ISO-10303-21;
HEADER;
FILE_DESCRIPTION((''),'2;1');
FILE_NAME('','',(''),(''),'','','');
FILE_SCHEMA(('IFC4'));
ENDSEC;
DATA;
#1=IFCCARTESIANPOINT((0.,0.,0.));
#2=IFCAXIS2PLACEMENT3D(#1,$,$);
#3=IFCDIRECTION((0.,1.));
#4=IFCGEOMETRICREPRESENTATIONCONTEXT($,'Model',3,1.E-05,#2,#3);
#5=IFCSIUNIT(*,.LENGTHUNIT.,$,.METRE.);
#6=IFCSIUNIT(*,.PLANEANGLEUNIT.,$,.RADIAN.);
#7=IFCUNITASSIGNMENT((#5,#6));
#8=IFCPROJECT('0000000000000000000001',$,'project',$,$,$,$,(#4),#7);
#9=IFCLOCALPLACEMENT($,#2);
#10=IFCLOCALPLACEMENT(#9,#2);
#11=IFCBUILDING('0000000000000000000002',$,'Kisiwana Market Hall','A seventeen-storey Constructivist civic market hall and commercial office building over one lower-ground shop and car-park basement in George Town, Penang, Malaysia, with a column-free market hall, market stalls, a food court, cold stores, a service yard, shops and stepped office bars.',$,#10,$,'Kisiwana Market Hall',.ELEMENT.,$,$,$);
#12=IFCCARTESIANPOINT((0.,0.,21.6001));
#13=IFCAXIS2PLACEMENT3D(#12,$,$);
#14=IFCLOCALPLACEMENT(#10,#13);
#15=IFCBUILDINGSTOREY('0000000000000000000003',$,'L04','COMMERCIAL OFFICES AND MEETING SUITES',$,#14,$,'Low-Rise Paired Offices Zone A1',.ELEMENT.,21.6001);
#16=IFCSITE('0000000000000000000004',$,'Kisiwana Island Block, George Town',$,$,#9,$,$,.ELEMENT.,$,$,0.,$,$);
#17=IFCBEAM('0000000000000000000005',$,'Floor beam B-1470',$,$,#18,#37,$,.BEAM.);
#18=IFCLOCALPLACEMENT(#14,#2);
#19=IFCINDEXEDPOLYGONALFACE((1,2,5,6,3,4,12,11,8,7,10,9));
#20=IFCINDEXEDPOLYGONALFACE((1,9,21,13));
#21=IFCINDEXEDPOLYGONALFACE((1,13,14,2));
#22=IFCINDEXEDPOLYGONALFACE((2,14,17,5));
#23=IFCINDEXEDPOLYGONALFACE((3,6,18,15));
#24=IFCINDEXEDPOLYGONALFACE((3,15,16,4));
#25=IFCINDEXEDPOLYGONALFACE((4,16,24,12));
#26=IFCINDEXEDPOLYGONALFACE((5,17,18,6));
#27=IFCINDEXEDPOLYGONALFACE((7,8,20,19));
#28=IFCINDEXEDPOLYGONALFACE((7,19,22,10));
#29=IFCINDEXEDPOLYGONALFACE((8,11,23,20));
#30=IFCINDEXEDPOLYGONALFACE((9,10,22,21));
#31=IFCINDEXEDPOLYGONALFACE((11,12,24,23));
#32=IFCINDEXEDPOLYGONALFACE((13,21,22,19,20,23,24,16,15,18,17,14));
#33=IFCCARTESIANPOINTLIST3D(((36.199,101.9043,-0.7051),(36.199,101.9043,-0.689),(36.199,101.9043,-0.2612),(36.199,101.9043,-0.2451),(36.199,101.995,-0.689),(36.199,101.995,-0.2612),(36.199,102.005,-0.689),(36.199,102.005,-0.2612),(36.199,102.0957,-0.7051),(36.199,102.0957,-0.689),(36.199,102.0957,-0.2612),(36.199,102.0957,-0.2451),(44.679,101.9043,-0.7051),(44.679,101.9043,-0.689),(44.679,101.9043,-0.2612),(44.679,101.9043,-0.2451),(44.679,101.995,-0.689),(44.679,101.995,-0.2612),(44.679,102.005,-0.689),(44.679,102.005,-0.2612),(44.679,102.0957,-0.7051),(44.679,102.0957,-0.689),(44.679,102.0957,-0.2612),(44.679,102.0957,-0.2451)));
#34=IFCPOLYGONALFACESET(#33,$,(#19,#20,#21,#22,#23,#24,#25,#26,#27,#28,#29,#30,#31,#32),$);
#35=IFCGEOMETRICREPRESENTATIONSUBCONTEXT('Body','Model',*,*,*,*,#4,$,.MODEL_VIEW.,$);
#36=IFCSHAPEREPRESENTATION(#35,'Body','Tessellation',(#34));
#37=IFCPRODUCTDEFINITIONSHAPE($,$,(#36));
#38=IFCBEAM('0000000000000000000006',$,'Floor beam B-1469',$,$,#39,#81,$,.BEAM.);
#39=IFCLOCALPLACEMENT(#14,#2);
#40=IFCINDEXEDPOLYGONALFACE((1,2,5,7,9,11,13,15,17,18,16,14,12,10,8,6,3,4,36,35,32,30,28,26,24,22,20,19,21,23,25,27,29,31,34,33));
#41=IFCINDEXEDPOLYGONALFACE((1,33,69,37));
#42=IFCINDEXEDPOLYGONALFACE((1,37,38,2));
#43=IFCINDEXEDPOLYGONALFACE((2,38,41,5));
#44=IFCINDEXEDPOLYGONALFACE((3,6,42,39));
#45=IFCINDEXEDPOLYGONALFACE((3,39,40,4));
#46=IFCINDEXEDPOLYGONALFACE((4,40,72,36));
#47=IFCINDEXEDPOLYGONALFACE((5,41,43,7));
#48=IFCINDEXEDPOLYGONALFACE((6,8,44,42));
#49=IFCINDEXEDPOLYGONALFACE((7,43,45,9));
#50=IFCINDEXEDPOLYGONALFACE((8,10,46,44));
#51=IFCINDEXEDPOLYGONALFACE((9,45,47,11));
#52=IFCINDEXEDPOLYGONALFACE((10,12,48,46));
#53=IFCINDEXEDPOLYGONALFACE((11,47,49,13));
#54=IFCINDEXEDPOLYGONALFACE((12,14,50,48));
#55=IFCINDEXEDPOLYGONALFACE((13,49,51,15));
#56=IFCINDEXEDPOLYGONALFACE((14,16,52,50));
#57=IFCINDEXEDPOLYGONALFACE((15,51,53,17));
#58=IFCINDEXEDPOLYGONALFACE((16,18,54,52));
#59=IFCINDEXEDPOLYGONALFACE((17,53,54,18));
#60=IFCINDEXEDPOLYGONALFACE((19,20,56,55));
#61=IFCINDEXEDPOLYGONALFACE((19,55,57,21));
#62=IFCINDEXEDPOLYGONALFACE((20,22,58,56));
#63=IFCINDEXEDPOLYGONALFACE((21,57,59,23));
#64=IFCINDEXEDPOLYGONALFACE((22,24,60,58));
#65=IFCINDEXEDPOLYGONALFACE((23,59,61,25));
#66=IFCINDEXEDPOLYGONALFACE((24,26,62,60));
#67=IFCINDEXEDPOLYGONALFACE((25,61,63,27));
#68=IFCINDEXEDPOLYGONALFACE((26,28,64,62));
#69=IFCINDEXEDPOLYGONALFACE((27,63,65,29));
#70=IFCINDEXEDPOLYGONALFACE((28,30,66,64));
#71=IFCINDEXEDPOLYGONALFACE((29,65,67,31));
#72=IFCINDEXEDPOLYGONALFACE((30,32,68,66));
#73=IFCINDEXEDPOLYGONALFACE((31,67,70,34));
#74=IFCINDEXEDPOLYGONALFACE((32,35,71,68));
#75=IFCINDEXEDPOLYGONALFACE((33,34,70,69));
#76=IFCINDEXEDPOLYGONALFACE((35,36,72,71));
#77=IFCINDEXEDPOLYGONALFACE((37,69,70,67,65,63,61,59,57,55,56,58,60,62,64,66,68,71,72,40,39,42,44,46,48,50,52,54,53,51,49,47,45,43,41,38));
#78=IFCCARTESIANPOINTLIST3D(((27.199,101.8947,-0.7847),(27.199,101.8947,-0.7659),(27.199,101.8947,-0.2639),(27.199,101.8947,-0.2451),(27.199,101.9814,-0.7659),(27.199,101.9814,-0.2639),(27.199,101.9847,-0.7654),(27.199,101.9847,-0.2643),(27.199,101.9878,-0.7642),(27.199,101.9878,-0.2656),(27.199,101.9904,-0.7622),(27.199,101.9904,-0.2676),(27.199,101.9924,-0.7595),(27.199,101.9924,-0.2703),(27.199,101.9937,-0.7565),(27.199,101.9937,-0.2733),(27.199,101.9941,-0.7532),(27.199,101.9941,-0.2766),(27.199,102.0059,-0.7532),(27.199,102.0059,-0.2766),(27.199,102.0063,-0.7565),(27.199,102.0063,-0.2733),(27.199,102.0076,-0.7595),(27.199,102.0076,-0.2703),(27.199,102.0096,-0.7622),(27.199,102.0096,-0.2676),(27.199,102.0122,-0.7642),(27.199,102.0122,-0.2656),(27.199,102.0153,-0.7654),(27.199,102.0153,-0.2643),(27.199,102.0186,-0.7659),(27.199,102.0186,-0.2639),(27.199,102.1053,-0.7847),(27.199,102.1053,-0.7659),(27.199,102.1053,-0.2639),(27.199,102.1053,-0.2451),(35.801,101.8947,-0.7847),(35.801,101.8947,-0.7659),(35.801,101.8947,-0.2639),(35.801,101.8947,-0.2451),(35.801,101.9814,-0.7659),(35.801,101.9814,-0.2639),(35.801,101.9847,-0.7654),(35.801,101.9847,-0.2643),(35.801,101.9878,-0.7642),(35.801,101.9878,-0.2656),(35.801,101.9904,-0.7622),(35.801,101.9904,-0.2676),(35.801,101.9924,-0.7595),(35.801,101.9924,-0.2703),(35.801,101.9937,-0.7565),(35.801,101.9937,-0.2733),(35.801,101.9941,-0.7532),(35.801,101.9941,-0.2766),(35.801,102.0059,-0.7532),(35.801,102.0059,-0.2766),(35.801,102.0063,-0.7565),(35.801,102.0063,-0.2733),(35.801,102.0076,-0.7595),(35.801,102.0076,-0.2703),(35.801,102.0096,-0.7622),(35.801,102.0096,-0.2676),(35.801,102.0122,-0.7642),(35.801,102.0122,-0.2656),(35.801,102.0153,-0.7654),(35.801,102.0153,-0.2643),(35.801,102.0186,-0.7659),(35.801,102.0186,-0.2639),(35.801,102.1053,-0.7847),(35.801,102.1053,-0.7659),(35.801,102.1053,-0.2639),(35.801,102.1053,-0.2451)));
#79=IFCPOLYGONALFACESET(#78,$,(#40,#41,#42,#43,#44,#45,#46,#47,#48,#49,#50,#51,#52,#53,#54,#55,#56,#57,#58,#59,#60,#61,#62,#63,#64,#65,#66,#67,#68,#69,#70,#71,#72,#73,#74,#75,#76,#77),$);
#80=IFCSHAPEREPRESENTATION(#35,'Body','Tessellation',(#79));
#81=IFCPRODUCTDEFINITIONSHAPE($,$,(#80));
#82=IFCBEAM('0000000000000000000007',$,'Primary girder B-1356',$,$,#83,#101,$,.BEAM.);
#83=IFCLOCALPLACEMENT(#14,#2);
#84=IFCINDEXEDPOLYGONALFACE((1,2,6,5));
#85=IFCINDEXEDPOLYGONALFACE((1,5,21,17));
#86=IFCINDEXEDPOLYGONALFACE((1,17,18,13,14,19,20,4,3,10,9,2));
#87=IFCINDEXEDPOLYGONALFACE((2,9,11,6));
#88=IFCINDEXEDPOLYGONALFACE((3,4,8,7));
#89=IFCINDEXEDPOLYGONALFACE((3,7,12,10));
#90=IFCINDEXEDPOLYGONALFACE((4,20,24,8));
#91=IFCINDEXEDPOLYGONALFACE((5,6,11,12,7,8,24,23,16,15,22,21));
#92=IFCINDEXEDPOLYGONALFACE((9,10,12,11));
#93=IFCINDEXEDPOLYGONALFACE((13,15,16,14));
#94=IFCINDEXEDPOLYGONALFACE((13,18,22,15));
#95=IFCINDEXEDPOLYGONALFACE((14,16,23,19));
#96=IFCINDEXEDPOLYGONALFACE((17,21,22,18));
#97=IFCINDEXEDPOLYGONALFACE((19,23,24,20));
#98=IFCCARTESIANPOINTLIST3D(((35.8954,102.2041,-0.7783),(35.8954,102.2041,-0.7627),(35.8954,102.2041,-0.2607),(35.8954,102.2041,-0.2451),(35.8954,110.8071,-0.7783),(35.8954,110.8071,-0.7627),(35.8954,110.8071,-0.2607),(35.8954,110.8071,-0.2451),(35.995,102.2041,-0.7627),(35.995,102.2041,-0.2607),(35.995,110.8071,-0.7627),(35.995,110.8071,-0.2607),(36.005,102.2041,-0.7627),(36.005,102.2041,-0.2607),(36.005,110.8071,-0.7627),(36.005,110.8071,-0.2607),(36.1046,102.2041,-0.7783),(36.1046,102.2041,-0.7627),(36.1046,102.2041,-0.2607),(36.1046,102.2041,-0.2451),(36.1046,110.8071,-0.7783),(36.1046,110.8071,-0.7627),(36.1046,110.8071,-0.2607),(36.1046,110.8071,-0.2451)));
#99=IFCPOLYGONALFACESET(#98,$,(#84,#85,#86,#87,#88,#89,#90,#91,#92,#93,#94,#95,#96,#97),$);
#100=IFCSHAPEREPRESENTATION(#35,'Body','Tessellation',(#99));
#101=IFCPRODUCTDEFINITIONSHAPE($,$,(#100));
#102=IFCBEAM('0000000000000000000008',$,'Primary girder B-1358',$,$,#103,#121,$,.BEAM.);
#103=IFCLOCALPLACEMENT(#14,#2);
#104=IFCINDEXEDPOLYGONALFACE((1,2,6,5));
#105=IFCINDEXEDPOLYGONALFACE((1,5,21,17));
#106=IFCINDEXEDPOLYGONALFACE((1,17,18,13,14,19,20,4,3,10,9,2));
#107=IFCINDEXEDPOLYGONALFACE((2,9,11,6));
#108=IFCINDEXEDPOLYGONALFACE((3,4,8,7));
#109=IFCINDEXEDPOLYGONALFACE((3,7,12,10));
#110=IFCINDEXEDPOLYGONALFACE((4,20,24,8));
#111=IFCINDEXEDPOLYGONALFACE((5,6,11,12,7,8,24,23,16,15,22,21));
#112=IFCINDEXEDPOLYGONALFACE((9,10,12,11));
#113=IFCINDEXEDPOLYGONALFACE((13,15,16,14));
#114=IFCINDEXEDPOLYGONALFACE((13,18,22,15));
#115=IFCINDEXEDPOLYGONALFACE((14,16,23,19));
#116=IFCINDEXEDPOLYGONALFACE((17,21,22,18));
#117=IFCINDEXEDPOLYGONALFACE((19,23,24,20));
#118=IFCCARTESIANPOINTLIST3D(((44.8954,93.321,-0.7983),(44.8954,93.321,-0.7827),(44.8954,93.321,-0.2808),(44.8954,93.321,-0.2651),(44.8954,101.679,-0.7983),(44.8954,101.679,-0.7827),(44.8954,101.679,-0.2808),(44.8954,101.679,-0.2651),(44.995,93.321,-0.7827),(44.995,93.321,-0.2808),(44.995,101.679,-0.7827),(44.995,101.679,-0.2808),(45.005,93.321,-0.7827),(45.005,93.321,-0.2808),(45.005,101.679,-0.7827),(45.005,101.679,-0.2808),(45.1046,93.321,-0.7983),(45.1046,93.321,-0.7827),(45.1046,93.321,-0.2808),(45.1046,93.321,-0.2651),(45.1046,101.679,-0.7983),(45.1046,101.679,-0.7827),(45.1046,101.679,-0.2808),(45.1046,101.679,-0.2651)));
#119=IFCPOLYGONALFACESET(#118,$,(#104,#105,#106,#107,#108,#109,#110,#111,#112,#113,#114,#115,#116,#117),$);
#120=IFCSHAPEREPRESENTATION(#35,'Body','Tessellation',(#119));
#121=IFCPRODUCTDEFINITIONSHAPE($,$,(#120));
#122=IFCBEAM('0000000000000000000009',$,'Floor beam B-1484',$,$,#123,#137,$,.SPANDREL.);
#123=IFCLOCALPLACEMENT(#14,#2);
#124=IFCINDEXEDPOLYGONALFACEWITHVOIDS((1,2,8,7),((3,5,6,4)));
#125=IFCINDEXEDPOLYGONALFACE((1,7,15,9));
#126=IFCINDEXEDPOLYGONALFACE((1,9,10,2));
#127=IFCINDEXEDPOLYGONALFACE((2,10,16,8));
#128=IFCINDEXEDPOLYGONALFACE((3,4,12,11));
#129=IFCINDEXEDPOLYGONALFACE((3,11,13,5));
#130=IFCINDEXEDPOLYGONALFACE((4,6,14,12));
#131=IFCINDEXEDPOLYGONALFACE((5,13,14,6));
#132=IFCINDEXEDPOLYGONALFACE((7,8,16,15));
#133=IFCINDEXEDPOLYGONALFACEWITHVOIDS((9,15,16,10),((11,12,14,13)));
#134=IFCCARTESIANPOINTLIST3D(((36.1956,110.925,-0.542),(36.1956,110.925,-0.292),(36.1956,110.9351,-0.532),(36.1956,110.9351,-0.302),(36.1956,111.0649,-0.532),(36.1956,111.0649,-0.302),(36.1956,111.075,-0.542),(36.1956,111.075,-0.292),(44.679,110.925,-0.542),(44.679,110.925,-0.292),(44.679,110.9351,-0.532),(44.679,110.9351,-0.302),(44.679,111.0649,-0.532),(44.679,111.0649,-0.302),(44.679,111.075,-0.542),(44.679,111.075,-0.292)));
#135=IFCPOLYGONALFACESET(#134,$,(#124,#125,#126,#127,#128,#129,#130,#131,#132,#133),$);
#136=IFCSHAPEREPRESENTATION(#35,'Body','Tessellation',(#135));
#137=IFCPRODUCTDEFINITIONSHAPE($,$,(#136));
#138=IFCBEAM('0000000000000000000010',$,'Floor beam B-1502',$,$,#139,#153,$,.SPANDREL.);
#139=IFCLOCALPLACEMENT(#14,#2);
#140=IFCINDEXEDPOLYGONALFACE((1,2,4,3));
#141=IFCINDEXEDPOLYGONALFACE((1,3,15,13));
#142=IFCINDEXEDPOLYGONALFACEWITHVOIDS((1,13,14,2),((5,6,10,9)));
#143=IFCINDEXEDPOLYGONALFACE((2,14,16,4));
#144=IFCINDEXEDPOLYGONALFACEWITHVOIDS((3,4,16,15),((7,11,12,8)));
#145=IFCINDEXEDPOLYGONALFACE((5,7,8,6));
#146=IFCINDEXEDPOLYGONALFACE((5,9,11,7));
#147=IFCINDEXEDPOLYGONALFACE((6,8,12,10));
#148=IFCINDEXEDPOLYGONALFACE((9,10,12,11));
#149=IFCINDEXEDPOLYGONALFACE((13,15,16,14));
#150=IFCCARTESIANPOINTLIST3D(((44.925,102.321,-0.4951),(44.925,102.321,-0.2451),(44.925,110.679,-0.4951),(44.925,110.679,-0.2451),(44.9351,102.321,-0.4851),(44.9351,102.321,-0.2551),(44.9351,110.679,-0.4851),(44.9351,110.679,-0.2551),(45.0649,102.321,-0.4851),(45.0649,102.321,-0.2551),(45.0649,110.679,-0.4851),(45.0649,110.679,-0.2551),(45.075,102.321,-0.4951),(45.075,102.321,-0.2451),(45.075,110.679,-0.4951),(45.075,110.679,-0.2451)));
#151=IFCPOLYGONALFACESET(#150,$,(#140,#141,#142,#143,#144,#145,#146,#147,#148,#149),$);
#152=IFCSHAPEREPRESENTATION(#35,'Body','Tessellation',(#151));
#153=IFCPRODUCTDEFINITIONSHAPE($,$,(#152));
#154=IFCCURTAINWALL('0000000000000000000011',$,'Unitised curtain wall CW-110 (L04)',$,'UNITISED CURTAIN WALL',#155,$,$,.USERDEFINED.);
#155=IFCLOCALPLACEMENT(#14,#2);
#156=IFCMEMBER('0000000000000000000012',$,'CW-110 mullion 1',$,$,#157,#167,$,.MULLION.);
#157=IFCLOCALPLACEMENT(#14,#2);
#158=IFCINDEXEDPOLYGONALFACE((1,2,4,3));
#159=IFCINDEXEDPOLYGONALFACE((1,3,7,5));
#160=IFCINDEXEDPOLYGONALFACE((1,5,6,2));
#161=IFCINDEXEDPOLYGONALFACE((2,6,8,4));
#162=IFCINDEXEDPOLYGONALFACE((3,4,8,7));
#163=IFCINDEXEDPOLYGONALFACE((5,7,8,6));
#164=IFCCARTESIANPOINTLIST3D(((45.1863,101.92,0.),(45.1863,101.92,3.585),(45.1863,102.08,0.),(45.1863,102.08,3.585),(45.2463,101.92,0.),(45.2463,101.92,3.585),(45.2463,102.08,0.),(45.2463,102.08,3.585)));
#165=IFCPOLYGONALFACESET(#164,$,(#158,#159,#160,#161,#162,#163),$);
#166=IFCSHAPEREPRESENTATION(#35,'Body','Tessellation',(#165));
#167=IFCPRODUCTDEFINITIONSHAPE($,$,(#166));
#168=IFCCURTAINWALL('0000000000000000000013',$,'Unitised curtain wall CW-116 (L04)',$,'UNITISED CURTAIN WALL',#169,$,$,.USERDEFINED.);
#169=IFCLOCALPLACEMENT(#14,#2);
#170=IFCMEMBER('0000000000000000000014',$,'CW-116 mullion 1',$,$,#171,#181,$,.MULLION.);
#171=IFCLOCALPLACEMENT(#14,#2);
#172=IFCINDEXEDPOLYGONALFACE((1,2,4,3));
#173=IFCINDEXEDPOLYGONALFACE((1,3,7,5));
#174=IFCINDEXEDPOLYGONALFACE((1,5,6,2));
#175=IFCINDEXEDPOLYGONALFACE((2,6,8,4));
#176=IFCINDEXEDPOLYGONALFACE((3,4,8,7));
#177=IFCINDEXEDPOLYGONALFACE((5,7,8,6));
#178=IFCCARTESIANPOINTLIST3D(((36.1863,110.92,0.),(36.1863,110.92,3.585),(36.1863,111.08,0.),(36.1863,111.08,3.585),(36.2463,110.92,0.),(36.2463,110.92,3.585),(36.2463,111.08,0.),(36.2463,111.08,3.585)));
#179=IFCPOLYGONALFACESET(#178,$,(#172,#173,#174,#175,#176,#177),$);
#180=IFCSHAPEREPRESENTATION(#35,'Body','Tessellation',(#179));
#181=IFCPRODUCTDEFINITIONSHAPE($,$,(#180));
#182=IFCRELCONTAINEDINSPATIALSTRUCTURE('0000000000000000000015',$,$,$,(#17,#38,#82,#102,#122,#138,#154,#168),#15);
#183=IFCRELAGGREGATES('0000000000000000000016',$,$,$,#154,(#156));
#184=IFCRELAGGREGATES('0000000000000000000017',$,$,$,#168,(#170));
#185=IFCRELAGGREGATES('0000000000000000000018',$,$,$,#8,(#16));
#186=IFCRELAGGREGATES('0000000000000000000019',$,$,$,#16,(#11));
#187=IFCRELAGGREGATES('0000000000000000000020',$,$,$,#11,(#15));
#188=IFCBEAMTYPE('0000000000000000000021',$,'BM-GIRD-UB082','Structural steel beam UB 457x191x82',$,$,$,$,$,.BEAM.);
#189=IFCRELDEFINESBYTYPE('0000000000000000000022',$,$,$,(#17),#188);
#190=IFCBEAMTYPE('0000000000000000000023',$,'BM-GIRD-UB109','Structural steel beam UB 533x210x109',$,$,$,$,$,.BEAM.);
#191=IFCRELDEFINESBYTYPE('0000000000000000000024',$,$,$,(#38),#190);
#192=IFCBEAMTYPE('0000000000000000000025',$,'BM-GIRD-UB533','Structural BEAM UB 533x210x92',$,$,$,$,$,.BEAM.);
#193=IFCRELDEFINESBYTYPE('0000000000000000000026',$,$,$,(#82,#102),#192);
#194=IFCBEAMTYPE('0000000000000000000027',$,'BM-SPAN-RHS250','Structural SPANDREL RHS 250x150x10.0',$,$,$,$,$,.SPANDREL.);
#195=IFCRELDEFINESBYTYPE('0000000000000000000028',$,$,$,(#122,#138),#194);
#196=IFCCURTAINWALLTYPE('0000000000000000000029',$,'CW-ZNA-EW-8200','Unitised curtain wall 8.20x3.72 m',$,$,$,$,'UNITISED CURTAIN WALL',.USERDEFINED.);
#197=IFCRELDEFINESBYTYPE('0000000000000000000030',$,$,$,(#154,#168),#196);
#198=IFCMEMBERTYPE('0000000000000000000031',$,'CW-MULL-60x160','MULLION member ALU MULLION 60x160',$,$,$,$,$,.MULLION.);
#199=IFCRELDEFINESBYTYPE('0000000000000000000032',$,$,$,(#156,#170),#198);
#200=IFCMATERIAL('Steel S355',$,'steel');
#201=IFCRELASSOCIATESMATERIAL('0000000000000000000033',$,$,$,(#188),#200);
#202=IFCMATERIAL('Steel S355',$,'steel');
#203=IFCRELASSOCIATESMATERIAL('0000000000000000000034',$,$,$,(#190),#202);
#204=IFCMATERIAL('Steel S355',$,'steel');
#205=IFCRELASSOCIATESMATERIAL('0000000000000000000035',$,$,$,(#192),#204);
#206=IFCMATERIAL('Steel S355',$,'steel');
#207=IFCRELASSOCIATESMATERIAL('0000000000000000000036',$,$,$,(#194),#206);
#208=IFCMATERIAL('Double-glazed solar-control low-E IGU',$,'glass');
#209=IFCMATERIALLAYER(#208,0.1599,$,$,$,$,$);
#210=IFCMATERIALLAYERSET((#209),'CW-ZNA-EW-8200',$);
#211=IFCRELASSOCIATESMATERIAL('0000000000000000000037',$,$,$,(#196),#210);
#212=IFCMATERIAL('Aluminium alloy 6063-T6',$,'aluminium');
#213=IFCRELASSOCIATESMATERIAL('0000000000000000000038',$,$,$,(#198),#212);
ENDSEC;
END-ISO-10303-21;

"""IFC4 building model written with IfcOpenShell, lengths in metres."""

from ifc_helpers import new_model, si_unit, direction, frame, origin, origin_2d, place, context, subcontext, project, spatial, rectangle, hollow_rectangle, i_section, extrude, material, layer, layer_set, material_profile, profile_set, type_object, element, aggregate, save


model = new_model("IFC4")

# Units and contexts
model_context = context("Model", 3, precision=1e-05, world=origin(), true_north=direction((0.0, 1.0)))
body_context = subcontext(model_context, "Body", "Model", "MODEL_VIEW")
ifc_project = project(units=[si_unit("LENGTHUNIT", "METRE"), si_unit("PLANEANGLEUNIT", "RADIAN")], contexts=[model_context])

# Site, building, storey
site_placement = place(None, origin())
site = spatial("IfcSite", under=ifc_project, at=site_placement, Name="Kisiwana Island Block, George Town", CompositionType="ELEMENT", RefElevation=0.0)
building_placement = place(site_placement, origin())
building = spatial("IfcBuilding", under=site, at=building_placement, Name="Kisiwana Market Hall", Description="A seventeen-storey Constructivist civic market hall and commercial office building over one lower-ground shop and car-park basement in George Town, Penang, Malaysia, with a column-free market hall, market stalls, a food court, cold stores, a service yard, shops and stepped office bars.", LongName="Kisiwana Market Hall", CompositionType="ELEMENT")
storey_placement = place(building_placement, frame((0.0, 0.0, 21.6001)))
storey = spatial("IfcBuildingStorey", under=building, at=storey_placement, Name="L04", Description="COMMERCIAL OFFICES AND MEETING SUITES", LongName="Low-Rise Paired Offices Zone A1", CompositionType="ELEMENT", Elevation=21.6001)

# Beams
ifc_material_1 = material(Name="Steel S355", Category="steel")
ifc_material_profile_1 = material_profile(ifc_material_1, i_section(OverallWidth=0.1914, OverallDepth=0.46, WebThickness=0.01, FlangeThickness=0.0161, at=origin_2d()), Name="UB 457x191x82")
ifc_profile_set_1 = profile_set([ifc_material_profile_1], Name="Steel S355")
beam_type_1 = type_object("IfcBeamType", Name="BM-GIRD-UB082", Description="Structural steel beam UB 457x191x82", PredefinedType="BEAM", material=ifc_profile_set_1)
beam_1_placement = place(storey_placement, frame((36.199, 102.0, -0.4751), z_axis=(1.0, 0.0, 0.0), x_axis=(0.0, 1.0, 0.0)))
element("IfcBeam", 1, at=beam_1_placement, inside=storey, type_object=beam_type_1, Name="Floor beam B-1470", PredefinedType="BEAM", context=body_context, shape_type="SweptSolid", body=[
    extrude(i_section(OverallWidth=0.1914, OverallDepth=0.46, WebThickness=0.01, FlangeThickness=0.0161, at=origin_2d()), origin(), (0.0, 0.0, 1.0), 8.48),
])
ifc_material_2 = material(Name="Steel S355", Category="steel")
ifc_material_profile_2 = material_profile(ifc_material_2, i_section(OverallWidth=0.2107, OverallDepth=0.5396, WebThickness=0.0117, FlangeThickness=0.0188, FilletRadius=0.0127, at=origin_2d()), Name="UB 533x210x109")
ifc_profile_set_2 = profile_set([ifc_material_profile_2], Name="Steel S355")
beam_type_2 = type_object("IfcBeamType", Name="BM-GIRD-UB109", Description="Structural steel beam UB 533x210x109", PredefinedType="BEAM", material=ifc_profile_set_2)
beam_2_placement = place(storey_placement, frame((27.199, 102.0, -0.5149), z_axis=(1.0, 0.0, 0.0), x_axis=(0.0, 1.0, 0.0)))
element("IfcBeam", 2, at=beam_2_placement, inside=storey, type_object=beam_type_2, Name="Floor beam B-1469", PredefinedType="BEAM", context=body_context, shape_type="SweptSolid", body=[
    extrude(i_section(OverallWidth=0.2107, OverallDepth=0.5396, WebThickness=0.0117, FlangeThickness=0.0188, FilletRadius=0.0127, at=origin_2d()), origin(), (0.0, 0.0, 1.0), 8.6021),
])
ifc_material_3 = material(Name="Steel S355", Category="steel")
ifc_material_profile_3 = material_profile(ifc_material_3, i_section(OverallWidth=0.2092, OverallDepth=0.5332, WebThickness=0.01, FlangeThickness=0.0156, at=origin_2d()), Name="UB 533x210x92")
ifc_profile_set_3 = profile_set([ifc_material_profile_3], Name="Steel S355")
beam_type_3 = type_object("IfcBeamType", Name="BM-GIRD-UB533", Description="Structural BEAM UB 533x210x92", PredefinedType="BEAM", material=ifc_profile_set_3)
beam_3_placement = place(storey_placement, frame((36.0, 102.2041, -0.5117), z_axis=(0.0, 1.0, 0.0), x_axis=(-1.0, 0.0, 0.0)))
element("IfcBeam", 3, at=beam_3_placement, inside=storey, type_object=beam_type_3, Name="Primary girder B-1356", PredefinedType="BEAM", context=body_context, shape_type="SweptSolid", body=[
    extrude(i_section(OverallWidth=0.2092, OverallDepth=0.5332, WebThickness=0.01, FlangeThickness=0.0156, at=origin_2d()), origin(), (0.0, 0.0, 1.0), 8.603),
])
beam_4_placement = place(storey_placement, frame((45.0, 93.321, -0.5317), z_axis=(0.0, 1.0, 0.0), x_axis=(-1.0, 0.0, 0.0)))
element("IfcBeam", 4, at=beam_4_placement, inside=storey, type_object=beam_type_3, Name="Primary girder B-1358", PredefinedType="BEAM", context=body_context, shape_type="SweptSolid", body=[
    extrude(i_section(OverallWidth=0.2092, OverallDepth=0.5332, WebThickness=0.01, FlangeThickness=0.0156, at=origin_2d()), origin(), (0.0, 0.0, 1.0), 8.3579),
])
ifc_material_4 = material(Name="Steel S355", Category="steel")
ifc_material_profile_4 = material_profile(ifc_material_4, hollow_rectangle(XDim=0.1499, YDim=0.25, WallThickness=0.01, at=origin_2d()), Name="RHS 250x150x10.0")
ifc_profile_set_4 = profile_set([ifc_material_profile_4], Name="Steel S355")
beam_type_4 = type_object("IfcBeamType", Name="BM-SPAN-RHS250", Description="Structural SPANDREL RHS 250x150x10.0", PredefinedType="SPANDREL", material=ifc_profile_set_4)
beam_5_placement = place(storey_placement, frame((36.1956, 111.0, -0.417), z_axis=(1.0, 0.0, 0.0), x_axis=(0.0, 1.0, 0.0)))
element("IfcBeam", 5, at=beam_5_placement, inside=storey, type_object=beam_type_4, Name="Floor beam B-1484", PredefinedType="SPANDREL", context=body_context, shape_type="SweptSolid", body=[
    extrude(hollow_rectangle(XDim=0.1499, YDim=0.25, WallThickness=0.01, at=origin_2d()), origin(), (0.0, 0.0, 1.0), 8.4834),
])
beam_6_placement = place(storey_placement, frame((45.0, 102.321, -0.3701), z_axis=(0.0, 1.0, 0.0), x_axis=(-1.0, 0.0, 0.0)))
element("IfcBeam", 6, at=beam_6_placement, inside=storey, type_object=beam_type_4, Name="Floor beam B-1502", PredefinedType="SPANDREL", context=body_context, shape_type="SweptSolid", body=[
    extrude(hollow_rectangle(XDim=0.1499, YDim=0.25, WallThickness=0.01, at=origin_2d()), origin(), (0.0, 0.0, 1.0), 8.3579),
])

# Curtain wall, member
ifc_material_5 = material(Name="Double-glazed solar-control low-E IGU", Category="glass")
ifc_layer_1 = layer(ifc_material_5, 0.1599)
ifc_layer_set_1 = layer_set([ifc_layer_1], Name="CW-ZNA-EW-8200")
curtain_wall_type = type_object("IfcCurtainWallType", Name="CW-ZNA-EW-8200", Description="Unitised curtain wall 8.20x3.72 m", ElementType="UNITISED CURTAIN WALL", PredefinedType="USERDEFINED", material=ifc_layer_set_1)
curtain_wall_1_placement = place(storey_placement, origin())
curtain_wall_1 = element("IfcCurtainWall", 7, at=curtain_wall_1_placement, inside=storey, type_object=curtain_wall_type, Name="Unitised curtain wall CW-110 (L04)", ObjectType="UNITISED CURTAIN WALL", PredefinedType="USERDEFINED")
ifc_material_6 = material(Name="Aluminium alloy 6063-T6", Category="aluminium")
ifc_material_profile_5 = material_profile(ifc_material_6, rectangle(XDim=0.0601, YDim=0.1599, at=origin_2d()), Name="ALU MULLION 60x160")
ifc_profile_set_5 = profile_set([ifc_material_profile_5], Name="Aluminium alloy 6063-T6")
member_type_1 = type_object("IfcMemberType", Name="CW-MULL-60x160", Description="MULLION member ALU MULLION 60x160", PredefinedType="MULLION", material=ifc_profile_set_5)
member_1_placement = place(storey_placement, frame((45.2163, 102.0, 0.0), z_axis=(0.0, 0.0, 1.0), x_axis=(1.0, 0.0, 0.0)))
member_1 = element("IfcMember", 8, at=member_1_placement, type_object=member_type_1, Name="CW-110 mullion 1", PredefinedType="MULLION", context=body_context, shape_type="SweptSolid", body=[
    extrude(rectangle(XDim=0.0601, YDim=0.1599, at=origin_2d()), origin(), (0.0, 0.0, 1.0), 3.585),
])
aggregate(curtain_wall_1, [member_1])

# Curtain wall, member
curtain_wall_2_placement = place(storey_placement, origin())
curtain_wall_2 = element("IfcCurtainWall", 9, at=curtain_wall_2_placement, inside=storey, type_object=curtain_wall_type, Name="Unitised curtain wall CW-116 (L04)", ObjectType="UNITISED CURTAIN WALL", PredefinedType="USERDEFINED")
member_2_placement = place(storey_placement, frame((36.2163, 111.0, 0.0), z_axis=(0.0, 0.0, 1.0), x_axis=(1.0, 0.0, 0.0)))
member_2 = element("IfcMember", 10, at=member_2_placement, type_object=member_type_1, Name="CW-116 mullion 1", PredefinedType="MULLION", context=body_context, shape_type="SweptSolid", body=[
    extrude(rectangle(XDim=0.0601, YDim=0.1599, at=origin_2d()), origin(), (0.0, 0.0, 1.0), 3.585),
])

aggregate(curtain_wall_2, [member_2])

save(model, "model.ifc")
